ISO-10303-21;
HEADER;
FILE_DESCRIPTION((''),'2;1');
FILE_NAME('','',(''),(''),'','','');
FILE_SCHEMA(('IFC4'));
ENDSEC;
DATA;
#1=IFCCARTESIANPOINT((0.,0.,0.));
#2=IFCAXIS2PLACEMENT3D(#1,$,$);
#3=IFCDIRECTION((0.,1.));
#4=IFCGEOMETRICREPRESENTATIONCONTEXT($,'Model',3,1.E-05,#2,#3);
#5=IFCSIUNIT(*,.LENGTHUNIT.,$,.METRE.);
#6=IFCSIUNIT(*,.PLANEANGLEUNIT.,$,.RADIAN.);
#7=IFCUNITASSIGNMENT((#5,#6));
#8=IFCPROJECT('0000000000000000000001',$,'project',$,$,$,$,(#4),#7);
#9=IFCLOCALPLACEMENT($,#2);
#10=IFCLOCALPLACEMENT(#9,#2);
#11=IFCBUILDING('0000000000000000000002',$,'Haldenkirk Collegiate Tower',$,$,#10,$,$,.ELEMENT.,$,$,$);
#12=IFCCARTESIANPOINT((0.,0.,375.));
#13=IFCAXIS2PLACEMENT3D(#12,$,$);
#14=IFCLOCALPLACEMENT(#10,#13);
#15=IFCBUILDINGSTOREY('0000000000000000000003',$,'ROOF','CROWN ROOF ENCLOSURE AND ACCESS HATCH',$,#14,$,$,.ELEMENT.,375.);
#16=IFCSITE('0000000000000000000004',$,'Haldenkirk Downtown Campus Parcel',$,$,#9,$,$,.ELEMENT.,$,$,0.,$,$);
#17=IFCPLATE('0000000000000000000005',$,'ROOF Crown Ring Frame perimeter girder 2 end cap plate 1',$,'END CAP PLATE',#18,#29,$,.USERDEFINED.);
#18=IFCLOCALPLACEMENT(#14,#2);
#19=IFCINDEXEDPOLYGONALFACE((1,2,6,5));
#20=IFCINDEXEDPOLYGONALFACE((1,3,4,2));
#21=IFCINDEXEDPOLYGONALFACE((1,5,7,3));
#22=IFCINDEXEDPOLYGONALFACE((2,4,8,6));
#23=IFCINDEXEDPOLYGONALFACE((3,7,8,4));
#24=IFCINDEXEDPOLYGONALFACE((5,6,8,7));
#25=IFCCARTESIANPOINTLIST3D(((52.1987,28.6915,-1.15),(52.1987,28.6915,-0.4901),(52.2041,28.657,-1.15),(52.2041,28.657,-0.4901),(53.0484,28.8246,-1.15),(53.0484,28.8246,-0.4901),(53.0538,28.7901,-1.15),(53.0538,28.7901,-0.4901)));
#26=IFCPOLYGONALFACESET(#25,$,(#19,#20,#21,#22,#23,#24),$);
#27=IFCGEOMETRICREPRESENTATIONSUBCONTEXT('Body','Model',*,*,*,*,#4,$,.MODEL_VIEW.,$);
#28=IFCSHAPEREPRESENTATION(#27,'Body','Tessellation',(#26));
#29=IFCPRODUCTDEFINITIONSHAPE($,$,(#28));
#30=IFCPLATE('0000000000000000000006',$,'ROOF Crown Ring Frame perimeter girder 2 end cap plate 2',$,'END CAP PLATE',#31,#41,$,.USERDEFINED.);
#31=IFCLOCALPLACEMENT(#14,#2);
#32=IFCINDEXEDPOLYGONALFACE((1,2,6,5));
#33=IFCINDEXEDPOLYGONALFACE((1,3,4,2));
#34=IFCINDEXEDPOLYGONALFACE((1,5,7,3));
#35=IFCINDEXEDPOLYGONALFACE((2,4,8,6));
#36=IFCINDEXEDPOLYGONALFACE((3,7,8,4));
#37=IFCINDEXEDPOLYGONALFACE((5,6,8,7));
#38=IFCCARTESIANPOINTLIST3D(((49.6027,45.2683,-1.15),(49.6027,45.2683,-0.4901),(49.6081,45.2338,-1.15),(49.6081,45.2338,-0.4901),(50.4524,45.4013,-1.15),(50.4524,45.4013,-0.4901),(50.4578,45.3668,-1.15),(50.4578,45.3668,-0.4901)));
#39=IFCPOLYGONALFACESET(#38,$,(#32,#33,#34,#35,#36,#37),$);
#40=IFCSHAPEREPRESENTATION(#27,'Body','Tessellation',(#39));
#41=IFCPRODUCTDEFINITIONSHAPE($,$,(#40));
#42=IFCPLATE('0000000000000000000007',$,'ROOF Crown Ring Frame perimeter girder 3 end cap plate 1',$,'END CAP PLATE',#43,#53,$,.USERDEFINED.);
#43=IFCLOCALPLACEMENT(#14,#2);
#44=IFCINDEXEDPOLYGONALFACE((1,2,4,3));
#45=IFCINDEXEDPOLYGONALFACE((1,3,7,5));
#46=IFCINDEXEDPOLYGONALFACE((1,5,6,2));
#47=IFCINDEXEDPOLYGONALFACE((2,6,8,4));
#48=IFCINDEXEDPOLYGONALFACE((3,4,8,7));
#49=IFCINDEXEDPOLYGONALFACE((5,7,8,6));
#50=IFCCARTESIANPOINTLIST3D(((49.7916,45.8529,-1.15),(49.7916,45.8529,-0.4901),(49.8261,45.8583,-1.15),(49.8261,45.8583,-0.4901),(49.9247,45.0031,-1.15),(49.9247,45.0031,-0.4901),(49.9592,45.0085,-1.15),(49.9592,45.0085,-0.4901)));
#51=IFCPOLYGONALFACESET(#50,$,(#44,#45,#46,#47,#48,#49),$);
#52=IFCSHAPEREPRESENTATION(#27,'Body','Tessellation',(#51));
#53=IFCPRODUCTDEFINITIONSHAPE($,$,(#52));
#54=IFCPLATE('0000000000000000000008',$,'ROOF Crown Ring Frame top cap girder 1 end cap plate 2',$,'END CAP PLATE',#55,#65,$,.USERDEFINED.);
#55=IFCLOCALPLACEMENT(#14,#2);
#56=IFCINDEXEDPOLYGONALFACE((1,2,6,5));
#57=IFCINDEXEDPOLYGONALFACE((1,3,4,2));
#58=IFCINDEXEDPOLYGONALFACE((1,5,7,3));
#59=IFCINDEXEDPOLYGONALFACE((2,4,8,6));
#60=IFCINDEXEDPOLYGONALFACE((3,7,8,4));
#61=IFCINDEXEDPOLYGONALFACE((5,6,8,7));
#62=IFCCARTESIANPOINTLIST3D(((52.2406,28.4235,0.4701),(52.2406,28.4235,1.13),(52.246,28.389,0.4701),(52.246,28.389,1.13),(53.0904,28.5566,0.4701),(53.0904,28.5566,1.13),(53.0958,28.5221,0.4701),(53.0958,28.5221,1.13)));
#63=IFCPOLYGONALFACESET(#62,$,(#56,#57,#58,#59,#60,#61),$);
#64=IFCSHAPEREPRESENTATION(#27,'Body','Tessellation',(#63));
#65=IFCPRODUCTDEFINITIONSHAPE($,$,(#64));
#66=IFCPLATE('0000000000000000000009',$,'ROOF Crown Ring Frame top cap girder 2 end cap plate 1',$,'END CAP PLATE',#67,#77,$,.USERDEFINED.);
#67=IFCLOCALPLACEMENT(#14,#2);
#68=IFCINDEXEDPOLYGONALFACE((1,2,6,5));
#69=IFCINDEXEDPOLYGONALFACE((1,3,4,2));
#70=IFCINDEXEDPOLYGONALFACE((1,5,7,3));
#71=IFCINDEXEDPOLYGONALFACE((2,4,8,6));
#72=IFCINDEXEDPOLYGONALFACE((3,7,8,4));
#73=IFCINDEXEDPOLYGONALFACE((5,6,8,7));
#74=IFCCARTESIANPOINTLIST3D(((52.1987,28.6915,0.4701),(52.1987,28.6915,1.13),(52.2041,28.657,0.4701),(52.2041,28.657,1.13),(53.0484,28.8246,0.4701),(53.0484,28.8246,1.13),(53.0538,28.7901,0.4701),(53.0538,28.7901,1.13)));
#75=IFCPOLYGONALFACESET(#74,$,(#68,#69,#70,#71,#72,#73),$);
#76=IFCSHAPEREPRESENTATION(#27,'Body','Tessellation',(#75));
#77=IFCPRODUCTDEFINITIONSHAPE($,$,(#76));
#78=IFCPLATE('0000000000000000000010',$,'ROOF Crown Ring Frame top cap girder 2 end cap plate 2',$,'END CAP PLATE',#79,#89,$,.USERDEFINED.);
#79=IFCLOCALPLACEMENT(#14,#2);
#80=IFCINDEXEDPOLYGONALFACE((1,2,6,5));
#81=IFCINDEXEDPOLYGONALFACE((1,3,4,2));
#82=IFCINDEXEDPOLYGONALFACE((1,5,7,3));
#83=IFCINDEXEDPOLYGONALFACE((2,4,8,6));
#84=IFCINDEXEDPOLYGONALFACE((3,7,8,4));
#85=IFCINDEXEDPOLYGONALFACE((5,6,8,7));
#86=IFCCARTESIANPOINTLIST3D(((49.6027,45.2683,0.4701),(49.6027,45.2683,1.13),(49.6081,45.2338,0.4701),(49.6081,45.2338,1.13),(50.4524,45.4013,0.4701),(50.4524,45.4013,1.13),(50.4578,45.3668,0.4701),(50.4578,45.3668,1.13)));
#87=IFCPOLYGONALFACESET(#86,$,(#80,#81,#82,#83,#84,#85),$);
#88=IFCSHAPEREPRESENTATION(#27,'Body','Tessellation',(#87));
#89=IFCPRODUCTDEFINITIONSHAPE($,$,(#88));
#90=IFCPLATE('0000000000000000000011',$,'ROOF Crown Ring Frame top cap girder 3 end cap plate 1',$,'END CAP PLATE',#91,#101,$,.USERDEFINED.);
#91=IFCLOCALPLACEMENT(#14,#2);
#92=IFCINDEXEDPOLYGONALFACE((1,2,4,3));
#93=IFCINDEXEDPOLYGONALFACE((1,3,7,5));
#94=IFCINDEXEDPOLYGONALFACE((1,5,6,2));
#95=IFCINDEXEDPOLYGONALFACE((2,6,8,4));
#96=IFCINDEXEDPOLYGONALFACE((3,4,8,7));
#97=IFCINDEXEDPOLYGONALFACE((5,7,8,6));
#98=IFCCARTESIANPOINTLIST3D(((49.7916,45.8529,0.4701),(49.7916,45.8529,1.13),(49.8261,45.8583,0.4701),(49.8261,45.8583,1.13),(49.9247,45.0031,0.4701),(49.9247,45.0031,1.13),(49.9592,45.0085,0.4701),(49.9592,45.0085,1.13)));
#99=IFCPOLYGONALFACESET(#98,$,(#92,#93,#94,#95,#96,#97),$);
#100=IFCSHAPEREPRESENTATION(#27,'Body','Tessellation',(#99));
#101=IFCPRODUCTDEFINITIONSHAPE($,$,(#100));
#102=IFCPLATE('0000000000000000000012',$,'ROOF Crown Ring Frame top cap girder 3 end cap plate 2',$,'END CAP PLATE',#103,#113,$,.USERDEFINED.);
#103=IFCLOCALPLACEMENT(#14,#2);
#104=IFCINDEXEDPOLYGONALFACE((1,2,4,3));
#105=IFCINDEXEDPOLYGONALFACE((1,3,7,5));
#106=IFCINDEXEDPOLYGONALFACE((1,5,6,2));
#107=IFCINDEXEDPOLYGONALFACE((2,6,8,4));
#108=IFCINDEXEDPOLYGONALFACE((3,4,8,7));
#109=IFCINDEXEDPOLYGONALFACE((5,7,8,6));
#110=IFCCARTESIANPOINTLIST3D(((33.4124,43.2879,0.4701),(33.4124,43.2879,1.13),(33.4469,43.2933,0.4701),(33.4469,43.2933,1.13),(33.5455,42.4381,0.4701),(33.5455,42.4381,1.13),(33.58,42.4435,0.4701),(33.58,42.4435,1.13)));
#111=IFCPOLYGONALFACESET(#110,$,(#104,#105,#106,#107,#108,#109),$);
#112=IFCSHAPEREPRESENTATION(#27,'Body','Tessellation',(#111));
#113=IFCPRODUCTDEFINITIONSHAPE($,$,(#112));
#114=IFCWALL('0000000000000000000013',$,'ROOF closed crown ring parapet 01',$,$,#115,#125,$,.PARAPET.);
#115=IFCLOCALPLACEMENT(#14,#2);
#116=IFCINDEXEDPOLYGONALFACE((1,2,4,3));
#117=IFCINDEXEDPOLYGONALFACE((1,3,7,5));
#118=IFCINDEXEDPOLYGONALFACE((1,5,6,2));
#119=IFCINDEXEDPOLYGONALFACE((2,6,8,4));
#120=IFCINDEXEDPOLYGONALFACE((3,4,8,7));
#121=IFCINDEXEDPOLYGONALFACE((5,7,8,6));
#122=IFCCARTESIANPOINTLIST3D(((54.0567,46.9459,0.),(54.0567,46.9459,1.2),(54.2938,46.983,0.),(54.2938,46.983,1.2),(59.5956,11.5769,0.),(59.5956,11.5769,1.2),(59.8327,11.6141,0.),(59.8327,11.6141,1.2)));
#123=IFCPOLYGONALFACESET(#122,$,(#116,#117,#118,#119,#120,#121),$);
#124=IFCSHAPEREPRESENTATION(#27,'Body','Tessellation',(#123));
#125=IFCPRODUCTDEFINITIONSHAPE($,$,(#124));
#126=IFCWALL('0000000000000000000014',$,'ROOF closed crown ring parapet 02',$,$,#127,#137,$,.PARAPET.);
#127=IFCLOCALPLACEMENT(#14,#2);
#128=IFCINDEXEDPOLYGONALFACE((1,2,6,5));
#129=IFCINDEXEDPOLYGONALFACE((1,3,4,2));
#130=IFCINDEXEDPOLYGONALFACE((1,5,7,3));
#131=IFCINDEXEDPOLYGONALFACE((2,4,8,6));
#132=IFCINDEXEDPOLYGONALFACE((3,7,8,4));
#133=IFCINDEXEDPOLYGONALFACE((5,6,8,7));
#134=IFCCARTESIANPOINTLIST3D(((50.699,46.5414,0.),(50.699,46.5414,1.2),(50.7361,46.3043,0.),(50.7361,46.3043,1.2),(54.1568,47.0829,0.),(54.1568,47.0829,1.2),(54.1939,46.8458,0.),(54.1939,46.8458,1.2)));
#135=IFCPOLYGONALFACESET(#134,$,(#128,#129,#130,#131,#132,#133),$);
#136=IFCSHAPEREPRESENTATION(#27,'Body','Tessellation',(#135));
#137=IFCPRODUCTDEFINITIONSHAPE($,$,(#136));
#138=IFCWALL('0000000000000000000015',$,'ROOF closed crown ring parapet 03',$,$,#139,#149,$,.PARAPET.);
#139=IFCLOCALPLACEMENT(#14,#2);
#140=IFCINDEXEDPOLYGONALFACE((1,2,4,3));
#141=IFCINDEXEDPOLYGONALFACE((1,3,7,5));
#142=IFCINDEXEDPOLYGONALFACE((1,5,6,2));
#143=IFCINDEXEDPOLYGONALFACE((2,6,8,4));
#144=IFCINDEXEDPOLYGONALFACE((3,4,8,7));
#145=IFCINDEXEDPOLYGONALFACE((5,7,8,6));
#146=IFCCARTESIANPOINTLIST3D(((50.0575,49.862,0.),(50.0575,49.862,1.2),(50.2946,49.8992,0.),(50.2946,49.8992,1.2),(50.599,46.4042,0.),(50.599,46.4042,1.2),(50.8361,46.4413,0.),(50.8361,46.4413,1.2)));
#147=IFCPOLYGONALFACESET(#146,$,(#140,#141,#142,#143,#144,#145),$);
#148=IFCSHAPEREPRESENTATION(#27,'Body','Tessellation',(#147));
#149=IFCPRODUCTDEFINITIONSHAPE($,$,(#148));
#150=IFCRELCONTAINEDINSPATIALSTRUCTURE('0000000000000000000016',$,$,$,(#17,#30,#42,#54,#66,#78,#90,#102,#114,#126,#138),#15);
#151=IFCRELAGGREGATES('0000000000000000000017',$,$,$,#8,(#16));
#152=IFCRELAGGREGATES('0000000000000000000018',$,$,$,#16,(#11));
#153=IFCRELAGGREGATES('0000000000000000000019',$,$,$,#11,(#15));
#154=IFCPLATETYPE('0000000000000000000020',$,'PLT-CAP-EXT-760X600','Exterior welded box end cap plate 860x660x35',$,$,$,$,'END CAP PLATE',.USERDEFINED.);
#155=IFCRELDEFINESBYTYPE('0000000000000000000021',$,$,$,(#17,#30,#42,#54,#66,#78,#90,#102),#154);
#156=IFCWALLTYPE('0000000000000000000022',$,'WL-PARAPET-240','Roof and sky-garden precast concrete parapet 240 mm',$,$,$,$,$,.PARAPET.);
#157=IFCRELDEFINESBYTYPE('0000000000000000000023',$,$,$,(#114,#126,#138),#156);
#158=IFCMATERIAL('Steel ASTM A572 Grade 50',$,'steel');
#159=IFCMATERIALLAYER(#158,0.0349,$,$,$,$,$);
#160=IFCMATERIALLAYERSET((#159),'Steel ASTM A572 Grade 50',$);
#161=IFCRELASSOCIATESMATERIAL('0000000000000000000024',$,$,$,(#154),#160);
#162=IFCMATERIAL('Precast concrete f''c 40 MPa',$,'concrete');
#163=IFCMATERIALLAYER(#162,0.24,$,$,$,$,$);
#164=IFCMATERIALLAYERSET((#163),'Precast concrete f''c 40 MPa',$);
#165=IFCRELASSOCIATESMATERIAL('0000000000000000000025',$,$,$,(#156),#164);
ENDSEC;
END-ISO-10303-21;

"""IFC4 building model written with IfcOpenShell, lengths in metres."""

from ifc_helpers import new_model, si_unit, direction, frame, frame_2d, origin, origin_2d, place, context, subcontext, project, spatial, rectangle, extrude, source, transform, mapped, material, layer, layer_set, type_object, element, save


model = new_model("IFC4")

# Units and contexts
model_context = context("Model", 3, precision=1e-05, world=origin(), true_north=direction((0.0, 1.0)))
body_context = subcontext(model_context, "Body", "Model", "MODEL_VIEW")
ifc_project = project(units=[si_unit("LENGTHUNIT", "METRE"), si_unit("PLANEANGLEUNIT", "RADIAN")], contexts=[model_context])

# Site, building, storey
site_placement = place(None, origin())
site = spatial("IfcSite", under=ifc_project, at=site_placement, Name="Haldenkirk Downtown Campus Parcel", CompositionType="ELEMENT", RefElevation=0.0)
building_placement = place(site_placement, origin())
building = spatial("IfcBuilding", under=site, at=building_placement, Name="Haldenkirk Collegiate Tower", CompositionType="ELEMENT")
storey_placement = place(building_placement, frame((0.0, 0.0, 375.0)))
storey = spatial("IfcBuildingStorey", under=building, at=storey_placement, Name="ROOF", Description="CROWN ROOF ENCLOSURE AND ACCESS HATCH", CompositionType="ELEMENT", Elevation=375.0)

# Shared definitions
ifc_material_1 = material(Name="Steel ASTM A572 Grade 50", Category="steel")

# Plates
ifc_layer_1 = layer(ifc_material_1, 0.0349)
ifc_layer_set_1 = layer_set([ifc_layer_1], Name="Steel ASTM A572 Grade 50")
plate_type = type_object("IfcPlateType", Name="PLT-CAP-EXT-760X600", Description="Exterior welded box end cap plate 860x660x35", ElementType="END CAP PLATE", PredefinedType="USERDEFINED", material=ifc_layer_set_1)
shared_shape = source(origin(), body_context, "Body", "SweptSolid", [
    extrude(rectangle(XDim=0.8601, YDim=0.6599, at=origin_2d()), origin(), (0.0, 0.0, 1.0), 0.0349),
])
for number, where, z_axis, x_axis, name in (
    (1, (52.6235, 28.7581, -0.8201), (0.154711, -0.98796, 0.0), (0.98796, 0.154711, 0.0), "ROOF Crown Ring Frame perimeter girder 2 end cap plate 1"),
    (2, (50.033, 45.3003, -0.8201), (-0.154711, 0.98796, 0.0), (-0.98796, -0.154711, 0.0), "ROOF Crown Ring Frame perimeter girder 2 end cap plate 2"),
    (3, (49.8582, 45.428, -0.8201), (0.987959, 0.154713, 0.0), (-0.154713, 0.987959, 0.0), "ROOF Crown Ring Frame perimeter girder 3 end cap plate 1"),
    (4, (52.6709, 28.4556, 0.8), (-0.154711, 0.98796, 0.0), (-0.98796, -0.154711, 0.0), "ROOF Crown Ring Frame top cap girder 1 end cap plate 2"),
    (5, (52.6235, 28.7581, 0.8), (0.154711, -0.98796, 0.0), (0.98796, 0.154711, 0.0), "ROOF Crown Ring Frame top cap girder 2 end cap plate 1"),
    (6, (50.033, 45.3003, 0.8), (-0.154711, 0.98796, 0.0), (-0.98796, -0.154711, 0.0), "ROOF Crown Ring Frame top cap girder 2 end cap plate 2"),
    (7, (49.8582, 45.428, 0.8), (0.987959, 0.154713, 0.0), (-0.154713, 0.987959, 0.0), "ROOF Crown Ring Frame top cap girder 3 end cap plate 1"),
    (8, (33.5134, 42.8684, 0.8), (-0.987959, -0.154713, 0.0), (0.154713, -0.987959, 0.0), "ROOF Crown Ring Frame top cap girder 3 end cap plate 2"),
):
    element("IfcPlate", number, at=place(storey_placement, frame(where, z_axis=z_axis, x_axis=x_axis)), inside=storey, type_object=plate_type, Name=name, ObjectType="END CAP PLATE", PredefinedType="USERDEFINED", context=body_context, shape_type="MappedRepresentation", body=[
        mapped(shared_shape, transform((0.0, 0.0, 0.0), x_axis=(1.0, 0.0, 0.0), y_axis=(0.0, 1.0, 0.0), z_axis=(0.0, 0.0, 1.0), scale=1.0)),
    ])

# Walls
ifc_material_2 = material(Name="Precast concrete f'c 40 MPa", Category="concrete")
ifc_layer_2 = layer(ifc_material_2, 0.24)
ifc_layer_set_2 = layer_set([ifc_layer_2], Name="Precast concrete f'c 40 MPa")
wall_type = type_object("IfcWallType", Name="WL-PARAPET-240", Description="Roof and sky-garden precast concrete parapet 240 mm", PredefinedType="PARAPET", material=ifc_layer_set_2)
wall_placement = place(storey_placement, frame((54.1753, 46.9644, 0.0), z_axis=(0.0, 0.0, 1.0), x_axis=(0.154716, -0.987959, 0.0)))
element("IfcWall", 9, at=wall_placement, inside=storey, type_object=wall_type, Name="ROOF closed crown ring parapet 01", PredefinedType="PARAPET", context=body_context, shape_type="SweptSolid", body=[
    extrude(rectangle(XDim=35.8, YDim=0.24, at=frame_2d((17.8999, 0.0))), origin(), (0.0, 0.0, 1.0), 1.2),
])
for number, where, z_axis, x_axis, name in (
    (10, (50.7175, 46.4229, 0.0), (0.0, 0.0, 1.0), (0.987958, 0.154719, 0.0), "ROOF closed crown ring parapet 02"),
    (11, (50.176, 49.8806, 0.0), (0.0, 0.0, 1.0), (0.154719, -0.987958, 0.0), "ROOF closed crown ring parapet 03"),
):
    element("IfcWall", number, at=place(storey_placement, frame(where, z_axis=z_axis, x_axis=x_axis)), inside=storey, type_object=wall_type, Name=name, PredefinedType="PARAPET", context=body_context, shape_type="SweptSolid", body=[
        extrude(rectangle(XDim=3.5, YDim=0.24, at=frame_2d((1.75, 0.0))), origin(), (0.0, 0.0, 1.0), 1.2),
    ])

save(model, "model.ifc")
